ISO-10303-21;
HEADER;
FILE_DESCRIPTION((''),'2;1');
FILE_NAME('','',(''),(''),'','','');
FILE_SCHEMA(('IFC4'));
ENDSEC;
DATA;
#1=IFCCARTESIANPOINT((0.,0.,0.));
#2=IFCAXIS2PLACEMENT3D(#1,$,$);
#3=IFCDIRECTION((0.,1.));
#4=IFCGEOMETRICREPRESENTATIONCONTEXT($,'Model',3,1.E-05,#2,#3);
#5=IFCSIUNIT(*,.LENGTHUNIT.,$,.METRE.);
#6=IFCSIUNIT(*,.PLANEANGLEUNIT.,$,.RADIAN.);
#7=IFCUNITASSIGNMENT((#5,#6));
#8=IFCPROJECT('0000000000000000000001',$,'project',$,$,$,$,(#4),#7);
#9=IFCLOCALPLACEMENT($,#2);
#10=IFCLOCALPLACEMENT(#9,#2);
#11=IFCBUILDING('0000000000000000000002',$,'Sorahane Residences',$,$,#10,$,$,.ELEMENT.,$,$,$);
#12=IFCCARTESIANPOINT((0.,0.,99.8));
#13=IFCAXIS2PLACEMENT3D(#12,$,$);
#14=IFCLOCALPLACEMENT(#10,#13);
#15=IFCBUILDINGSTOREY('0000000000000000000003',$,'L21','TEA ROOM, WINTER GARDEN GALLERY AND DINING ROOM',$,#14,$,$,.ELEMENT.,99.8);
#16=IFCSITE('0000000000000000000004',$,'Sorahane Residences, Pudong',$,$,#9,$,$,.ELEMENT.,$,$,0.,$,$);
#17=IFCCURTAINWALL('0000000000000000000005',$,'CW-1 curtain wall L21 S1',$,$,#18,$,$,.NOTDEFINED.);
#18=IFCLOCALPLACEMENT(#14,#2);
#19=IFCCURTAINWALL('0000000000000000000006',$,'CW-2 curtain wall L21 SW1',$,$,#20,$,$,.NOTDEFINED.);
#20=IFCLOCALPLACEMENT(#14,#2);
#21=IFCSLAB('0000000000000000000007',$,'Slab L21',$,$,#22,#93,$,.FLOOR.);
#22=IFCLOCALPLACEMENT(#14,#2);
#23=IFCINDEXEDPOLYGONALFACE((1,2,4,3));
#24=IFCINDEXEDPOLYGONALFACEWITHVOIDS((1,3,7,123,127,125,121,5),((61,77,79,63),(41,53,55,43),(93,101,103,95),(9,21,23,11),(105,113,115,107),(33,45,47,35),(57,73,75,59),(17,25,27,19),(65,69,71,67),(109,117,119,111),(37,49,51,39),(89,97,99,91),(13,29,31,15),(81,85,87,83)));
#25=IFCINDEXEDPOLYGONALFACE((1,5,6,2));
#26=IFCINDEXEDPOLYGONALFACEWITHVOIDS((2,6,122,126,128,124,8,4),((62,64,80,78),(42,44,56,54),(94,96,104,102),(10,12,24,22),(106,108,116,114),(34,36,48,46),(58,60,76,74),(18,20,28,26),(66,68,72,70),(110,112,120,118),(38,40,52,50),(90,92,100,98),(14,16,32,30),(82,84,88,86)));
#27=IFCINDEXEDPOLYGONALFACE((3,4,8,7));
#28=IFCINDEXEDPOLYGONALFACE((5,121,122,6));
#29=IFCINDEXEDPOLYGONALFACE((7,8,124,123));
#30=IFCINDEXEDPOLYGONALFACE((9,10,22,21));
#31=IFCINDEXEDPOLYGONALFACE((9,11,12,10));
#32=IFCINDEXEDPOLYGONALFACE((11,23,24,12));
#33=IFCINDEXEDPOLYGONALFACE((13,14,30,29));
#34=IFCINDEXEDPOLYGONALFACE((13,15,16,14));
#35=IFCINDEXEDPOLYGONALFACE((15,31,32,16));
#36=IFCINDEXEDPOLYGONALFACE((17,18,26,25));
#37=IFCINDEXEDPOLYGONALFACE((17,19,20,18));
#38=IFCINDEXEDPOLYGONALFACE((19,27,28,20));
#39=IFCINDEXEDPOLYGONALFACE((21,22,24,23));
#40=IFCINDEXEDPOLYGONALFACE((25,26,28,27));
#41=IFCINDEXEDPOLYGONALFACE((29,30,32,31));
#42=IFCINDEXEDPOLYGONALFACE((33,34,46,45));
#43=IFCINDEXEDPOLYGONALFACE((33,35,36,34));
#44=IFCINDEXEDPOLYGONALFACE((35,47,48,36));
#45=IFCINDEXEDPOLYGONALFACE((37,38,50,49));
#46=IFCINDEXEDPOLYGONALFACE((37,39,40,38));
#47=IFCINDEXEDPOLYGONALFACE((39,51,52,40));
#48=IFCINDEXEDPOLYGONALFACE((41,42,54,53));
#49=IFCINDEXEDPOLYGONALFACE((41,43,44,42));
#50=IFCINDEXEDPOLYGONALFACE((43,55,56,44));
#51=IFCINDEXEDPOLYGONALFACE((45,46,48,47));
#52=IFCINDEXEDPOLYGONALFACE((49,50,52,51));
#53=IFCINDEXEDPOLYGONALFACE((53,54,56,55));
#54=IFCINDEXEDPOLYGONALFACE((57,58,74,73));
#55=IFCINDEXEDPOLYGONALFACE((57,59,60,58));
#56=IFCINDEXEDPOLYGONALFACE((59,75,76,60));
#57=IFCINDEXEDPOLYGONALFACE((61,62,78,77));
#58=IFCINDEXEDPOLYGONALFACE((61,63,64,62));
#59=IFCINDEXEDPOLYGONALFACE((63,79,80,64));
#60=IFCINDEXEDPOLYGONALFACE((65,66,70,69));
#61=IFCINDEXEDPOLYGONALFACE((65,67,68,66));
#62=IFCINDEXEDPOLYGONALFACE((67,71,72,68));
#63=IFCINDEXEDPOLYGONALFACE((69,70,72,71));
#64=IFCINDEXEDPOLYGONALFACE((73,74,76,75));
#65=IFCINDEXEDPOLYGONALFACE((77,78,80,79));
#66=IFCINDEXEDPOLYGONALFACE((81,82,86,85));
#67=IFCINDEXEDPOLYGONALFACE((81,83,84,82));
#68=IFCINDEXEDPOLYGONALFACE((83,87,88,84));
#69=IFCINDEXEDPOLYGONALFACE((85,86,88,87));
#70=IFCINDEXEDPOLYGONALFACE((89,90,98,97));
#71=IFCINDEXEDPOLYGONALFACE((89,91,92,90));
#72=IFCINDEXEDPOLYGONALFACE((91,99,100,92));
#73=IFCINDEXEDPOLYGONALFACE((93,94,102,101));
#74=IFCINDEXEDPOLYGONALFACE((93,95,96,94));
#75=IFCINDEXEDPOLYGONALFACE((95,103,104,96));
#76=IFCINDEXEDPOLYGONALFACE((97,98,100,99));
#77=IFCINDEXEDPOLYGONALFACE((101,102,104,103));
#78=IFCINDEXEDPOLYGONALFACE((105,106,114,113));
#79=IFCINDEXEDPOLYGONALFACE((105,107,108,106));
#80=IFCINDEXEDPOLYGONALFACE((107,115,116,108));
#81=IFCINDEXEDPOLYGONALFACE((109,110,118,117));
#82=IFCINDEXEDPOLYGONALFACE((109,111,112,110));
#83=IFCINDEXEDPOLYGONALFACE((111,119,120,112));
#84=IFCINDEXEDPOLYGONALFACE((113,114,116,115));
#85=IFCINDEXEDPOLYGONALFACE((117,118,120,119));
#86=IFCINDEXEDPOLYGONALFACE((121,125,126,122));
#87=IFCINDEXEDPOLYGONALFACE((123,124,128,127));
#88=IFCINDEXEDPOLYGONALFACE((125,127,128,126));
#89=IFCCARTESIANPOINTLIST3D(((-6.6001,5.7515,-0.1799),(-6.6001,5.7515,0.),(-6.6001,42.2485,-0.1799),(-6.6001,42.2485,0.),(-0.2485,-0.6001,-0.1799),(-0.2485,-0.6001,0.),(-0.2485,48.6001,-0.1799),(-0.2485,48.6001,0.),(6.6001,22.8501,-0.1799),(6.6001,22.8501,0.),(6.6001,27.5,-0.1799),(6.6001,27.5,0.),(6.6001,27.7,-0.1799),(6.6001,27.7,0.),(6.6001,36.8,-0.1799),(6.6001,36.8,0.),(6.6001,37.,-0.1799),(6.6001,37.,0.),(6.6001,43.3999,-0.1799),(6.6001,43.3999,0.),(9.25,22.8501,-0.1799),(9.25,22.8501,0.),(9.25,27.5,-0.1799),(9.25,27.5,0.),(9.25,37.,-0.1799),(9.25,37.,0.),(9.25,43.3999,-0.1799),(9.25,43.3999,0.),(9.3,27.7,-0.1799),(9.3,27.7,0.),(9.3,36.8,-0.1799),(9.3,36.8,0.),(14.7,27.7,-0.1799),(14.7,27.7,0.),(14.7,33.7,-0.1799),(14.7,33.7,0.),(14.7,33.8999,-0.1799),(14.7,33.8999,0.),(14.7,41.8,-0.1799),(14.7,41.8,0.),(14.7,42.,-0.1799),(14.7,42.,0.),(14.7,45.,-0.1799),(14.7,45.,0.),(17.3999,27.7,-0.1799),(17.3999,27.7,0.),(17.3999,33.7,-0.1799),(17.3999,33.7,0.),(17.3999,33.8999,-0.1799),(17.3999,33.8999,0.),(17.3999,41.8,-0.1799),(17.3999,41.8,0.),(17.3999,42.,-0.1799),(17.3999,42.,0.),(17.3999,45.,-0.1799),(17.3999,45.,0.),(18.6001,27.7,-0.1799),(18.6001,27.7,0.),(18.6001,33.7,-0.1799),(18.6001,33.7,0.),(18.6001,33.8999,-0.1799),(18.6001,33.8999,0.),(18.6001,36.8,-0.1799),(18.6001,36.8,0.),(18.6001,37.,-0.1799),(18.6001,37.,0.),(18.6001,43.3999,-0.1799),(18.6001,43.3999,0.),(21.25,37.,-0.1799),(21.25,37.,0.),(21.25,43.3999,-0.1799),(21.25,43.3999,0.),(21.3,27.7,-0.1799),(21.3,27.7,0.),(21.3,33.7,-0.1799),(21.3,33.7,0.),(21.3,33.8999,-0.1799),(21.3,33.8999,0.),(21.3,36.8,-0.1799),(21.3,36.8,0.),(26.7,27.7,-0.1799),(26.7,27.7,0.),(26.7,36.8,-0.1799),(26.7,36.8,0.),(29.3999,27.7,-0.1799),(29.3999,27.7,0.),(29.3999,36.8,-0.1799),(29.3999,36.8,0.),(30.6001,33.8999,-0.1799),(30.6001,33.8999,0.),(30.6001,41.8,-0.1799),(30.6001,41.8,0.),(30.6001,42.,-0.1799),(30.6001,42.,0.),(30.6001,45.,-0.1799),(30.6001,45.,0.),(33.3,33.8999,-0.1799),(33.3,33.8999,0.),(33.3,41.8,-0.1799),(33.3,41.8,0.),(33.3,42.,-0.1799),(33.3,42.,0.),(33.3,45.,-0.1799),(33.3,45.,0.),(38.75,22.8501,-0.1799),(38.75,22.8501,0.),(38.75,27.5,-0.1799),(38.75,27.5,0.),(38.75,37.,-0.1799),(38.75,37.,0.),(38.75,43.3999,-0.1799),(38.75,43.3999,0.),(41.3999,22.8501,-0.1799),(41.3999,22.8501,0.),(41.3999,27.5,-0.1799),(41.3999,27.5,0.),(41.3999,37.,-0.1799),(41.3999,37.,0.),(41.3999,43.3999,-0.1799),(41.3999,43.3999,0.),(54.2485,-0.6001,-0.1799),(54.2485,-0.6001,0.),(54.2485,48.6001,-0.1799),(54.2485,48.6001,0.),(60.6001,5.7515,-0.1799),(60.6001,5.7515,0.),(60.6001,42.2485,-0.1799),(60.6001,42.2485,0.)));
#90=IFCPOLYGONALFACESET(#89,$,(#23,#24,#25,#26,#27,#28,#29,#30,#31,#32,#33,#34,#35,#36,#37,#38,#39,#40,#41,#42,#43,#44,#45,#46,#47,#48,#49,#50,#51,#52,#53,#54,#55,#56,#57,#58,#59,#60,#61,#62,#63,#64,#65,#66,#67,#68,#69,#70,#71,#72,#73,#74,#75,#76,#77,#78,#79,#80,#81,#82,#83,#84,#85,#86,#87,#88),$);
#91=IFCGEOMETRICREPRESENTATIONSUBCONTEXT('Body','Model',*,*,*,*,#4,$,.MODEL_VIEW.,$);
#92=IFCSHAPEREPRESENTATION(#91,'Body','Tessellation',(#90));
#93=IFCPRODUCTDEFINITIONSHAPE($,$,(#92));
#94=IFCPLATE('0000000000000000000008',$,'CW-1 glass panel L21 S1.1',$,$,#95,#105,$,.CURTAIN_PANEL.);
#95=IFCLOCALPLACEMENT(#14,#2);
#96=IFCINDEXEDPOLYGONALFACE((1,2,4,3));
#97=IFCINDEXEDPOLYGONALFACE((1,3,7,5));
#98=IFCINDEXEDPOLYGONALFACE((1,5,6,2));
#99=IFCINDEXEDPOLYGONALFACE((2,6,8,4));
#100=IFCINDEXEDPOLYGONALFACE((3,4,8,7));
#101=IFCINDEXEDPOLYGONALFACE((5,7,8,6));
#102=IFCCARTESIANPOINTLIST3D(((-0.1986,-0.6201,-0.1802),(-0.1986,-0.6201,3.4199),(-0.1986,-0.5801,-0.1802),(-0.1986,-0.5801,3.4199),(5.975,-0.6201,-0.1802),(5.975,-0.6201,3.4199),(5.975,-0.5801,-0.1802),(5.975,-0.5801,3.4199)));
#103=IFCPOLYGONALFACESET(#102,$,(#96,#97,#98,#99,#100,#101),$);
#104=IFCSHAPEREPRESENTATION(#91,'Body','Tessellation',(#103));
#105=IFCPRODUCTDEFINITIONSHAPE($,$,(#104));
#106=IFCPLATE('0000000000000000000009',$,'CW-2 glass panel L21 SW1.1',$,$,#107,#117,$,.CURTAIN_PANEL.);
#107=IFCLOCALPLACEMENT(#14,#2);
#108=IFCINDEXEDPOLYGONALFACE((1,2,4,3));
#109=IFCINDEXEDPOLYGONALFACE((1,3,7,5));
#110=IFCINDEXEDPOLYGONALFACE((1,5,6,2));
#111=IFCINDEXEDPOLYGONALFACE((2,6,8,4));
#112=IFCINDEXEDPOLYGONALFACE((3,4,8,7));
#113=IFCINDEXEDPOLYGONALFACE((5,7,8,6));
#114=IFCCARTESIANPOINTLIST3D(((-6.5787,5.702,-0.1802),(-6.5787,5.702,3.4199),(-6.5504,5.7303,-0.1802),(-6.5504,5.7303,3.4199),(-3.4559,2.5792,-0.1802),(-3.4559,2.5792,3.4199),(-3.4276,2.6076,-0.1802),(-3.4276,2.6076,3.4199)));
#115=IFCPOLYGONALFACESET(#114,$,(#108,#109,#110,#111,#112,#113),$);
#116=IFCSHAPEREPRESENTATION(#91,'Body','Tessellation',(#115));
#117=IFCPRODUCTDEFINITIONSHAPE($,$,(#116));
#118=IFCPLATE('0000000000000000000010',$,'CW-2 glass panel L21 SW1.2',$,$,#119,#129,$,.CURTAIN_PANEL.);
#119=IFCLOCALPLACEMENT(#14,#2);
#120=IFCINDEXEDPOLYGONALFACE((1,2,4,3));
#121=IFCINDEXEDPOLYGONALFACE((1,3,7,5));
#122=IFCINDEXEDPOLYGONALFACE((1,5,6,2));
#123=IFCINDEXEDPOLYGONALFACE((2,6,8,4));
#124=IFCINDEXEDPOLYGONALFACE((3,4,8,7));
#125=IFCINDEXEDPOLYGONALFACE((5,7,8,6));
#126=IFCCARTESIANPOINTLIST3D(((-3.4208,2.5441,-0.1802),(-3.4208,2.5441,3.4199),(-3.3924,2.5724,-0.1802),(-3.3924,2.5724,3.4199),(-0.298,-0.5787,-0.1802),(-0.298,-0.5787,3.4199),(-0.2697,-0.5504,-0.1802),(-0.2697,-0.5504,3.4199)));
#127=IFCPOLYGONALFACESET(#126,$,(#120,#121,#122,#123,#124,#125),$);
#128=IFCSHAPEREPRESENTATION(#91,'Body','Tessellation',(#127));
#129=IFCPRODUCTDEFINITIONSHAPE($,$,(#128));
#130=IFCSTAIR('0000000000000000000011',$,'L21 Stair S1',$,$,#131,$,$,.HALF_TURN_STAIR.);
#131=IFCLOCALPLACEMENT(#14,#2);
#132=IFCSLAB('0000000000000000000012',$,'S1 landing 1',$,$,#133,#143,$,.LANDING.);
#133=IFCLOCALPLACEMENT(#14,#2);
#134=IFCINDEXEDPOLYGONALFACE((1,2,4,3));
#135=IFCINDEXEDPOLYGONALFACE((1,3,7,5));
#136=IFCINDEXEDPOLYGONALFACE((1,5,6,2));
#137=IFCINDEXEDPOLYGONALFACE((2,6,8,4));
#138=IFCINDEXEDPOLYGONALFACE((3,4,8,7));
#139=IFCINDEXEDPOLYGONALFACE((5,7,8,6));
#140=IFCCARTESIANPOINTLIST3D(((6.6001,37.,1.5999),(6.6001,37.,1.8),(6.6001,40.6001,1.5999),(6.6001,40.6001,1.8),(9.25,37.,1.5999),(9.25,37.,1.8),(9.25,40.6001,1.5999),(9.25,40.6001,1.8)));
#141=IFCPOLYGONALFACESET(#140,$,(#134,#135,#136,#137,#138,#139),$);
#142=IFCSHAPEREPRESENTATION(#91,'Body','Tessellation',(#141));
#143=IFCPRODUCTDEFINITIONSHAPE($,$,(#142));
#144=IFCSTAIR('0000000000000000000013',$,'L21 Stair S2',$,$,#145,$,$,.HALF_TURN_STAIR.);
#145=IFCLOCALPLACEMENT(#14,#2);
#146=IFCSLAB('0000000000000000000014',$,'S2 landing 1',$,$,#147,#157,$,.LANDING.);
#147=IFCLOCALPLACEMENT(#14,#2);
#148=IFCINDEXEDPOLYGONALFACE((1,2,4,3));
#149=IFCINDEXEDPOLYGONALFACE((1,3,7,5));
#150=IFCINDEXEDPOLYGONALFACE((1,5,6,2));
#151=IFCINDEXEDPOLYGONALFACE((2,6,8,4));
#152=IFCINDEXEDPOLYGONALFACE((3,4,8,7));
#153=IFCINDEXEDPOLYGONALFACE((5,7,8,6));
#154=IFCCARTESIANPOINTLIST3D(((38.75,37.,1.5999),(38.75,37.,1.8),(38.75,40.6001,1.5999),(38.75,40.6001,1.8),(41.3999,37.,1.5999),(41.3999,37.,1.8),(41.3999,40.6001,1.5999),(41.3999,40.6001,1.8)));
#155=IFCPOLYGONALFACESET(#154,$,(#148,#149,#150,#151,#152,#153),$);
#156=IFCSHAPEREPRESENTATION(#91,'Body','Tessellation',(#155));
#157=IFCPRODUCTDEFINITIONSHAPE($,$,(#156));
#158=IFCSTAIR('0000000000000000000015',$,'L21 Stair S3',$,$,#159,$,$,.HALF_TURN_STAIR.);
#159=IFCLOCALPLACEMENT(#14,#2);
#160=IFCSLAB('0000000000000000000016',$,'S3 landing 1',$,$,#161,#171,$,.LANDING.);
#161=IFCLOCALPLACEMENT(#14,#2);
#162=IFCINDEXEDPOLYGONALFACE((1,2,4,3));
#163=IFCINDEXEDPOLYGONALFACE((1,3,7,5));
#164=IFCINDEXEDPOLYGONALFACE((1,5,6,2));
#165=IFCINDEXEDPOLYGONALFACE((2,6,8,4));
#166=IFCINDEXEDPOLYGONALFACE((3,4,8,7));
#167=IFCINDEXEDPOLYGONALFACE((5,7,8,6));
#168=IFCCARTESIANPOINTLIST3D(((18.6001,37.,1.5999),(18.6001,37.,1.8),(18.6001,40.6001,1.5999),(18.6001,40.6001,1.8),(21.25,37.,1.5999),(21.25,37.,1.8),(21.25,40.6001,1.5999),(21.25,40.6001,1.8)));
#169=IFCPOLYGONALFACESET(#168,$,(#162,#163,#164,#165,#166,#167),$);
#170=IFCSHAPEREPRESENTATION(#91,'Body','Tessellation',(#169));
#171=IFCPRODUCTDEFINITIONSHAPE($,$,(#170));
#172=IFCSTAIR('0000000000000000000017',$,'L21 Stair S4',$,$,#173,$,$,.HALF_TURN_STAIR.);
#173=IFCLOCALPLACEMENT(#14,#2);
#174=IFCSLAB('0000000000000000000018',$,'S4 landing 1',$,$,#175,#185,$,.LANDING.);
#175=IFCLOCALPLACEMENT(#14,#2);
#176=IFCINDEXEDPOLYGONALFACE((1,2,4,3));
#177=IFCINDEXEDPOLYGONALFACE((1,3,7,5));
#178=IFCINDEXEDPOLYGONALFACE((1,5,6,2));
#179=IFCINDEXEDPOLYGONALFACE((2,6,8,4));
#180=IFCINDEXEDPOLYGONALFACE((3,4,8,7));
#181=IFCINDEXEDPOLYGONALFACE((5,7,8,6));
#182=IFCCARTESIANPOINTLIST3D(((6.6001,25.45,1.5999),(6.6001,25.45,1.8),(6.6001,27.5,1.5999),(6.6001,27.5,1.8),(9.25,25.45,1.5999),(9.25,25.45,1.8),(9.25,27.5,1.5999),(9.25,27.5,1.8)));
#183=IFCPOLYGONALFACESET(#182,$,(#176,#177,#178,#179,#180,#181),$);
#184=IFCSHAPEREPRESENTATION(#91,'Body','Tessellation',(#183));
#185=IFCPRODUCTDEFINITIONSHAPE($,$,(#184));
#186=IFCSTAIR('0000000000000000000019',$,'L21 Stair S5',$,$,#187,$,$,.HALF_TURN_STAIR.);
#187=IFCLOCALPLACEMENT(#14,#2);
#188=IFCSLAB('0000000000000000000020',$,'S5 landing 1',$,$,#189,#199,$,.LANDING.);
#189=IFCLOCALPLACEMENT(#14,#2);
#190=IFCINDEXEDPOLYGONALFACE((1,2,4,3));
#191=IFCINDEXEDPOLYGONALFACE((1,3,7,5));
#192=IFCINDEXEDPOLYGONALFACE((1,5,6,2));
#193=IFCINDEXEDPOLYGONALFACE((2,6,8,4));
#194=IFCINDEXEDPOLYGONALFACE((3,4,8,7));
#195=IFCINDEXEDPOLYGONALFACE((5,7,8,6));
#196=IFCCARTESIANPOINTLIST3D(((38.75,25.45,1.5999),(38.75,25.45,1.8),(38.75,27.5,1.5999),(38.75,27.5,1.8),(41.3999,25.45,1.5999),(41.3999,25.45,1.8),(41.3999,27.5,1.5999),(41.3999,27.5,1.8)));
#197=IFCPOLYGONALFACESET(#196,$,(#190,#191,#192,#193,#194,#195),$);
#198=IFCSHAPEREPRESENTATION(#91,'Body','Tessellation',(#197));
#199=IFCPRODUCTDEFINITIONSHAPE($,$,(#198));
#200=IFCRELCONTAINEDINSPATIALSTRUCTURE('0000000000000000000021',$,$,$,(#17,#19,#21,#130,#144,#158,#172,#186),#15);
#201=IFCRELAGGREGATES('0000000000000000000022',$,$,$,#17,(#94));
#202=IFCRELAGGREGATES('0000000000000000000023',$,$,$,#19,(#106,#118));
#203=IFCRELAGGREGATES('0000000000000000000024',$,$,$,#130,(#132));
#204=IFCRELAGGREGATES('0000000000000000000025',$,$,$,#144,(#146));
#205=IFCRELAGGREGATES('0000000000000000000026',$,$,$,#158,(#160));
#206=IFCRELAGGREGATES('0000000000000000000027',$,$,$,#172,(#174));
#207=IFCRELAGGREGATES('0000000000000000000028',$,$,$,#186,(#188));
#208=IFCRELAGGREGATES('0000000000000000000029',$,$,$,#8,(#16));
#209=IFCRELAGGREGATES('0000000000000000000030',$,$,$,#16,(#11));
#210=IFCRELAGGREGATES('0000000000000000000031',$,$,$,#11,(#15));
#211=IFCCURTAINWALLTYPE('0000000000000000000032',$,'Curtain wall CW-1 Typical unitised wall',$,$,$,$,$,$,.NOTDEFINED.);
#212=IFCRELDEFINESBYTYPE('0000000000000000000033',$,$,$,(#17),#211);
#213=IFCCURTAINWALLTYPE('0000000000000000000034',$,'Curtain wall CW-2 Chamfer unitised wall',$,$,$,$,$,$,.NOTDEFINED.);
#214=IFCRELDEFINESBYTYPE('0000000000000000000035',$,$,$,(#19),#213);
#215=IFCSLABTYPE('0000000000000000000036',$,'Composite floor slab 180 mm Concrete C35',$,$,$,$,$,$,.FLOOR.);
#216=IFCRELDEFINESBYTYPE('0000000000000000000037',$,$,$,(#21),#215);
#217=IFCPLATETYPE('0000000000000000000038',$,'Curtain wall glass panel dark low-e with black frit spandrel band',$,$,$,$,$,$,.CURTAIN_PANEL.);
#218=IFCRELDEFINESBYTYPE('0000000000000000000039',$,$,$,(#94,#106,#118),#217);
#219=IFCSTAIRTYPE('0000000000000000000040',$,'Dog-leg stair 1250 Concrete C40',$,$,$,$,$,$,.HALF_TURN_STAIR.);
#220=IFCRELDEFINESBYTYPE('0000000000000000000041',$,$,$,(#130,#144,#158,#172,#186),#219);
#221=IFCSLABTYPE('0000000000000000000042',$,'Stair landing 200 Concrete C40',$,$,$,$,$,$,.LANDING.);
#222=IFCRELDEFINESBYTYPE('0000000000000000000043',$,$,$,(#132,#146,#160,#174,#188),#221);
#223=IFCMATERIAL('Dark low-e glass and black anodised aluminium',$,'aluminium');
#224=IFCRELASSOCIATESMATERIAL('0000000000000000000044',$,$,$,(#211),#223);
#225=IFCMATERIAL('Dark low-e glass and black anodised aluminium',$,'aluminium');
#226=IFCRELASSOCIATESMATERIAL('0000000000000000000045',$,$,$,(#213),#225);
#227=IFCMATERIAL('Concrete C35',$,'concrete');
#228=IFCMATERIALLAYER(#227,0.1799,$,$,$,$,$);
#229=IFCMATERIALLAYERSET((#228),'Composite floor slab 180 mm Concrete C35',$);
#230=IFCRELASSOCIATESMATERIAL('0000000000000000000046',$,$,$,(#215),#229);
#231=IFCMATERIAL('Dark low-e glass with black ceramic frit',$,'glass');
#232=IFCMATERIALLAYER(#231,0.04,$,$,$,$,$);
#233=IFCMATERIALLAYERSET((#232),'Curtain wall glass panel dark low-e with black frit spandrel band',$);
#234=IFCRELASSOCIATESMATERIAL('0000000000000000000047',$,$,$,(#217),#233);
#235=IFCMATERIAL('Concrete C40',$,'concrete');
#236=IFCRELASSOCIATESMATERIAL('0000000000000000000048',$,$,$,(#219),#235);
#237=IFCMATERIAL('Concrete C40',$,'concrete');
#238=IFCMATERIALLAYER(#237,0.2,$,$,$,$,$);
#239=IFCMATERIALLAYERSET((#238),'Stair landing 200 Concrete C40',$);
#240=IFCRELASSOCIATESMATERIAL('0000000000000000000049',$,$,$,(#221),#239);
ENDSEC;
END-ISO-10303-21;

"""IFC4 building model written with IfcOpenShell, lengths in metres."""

from ifc_helpers import new_model, si_unit, direction, frame, origin, origin_2d, place, context, subcontext, project, spatial, polyline, rectangle, outline, extrude, material, layer, layer_set, type_object, element, aggregate, save


model = new_model("IFC4")

# Units and contexts
model_context = context("Model", 3, precision=1e-05, world=origin(), true_north=direction((0.0, 1.0)))
body_context = subcontext(model_context, "Body", "Model", "MODEL_VIEW")
ifc_project = project(units=[si_unit("LENGTHUNIT", "METRE"), si_unit("PLANEANGLEUNIT", "RADIAN")], contexts=[model_context])

# Site, building, storey
site_placement = place(None, origin())
site = spatial("IfcSite", under=ifc_project, at=site_placement, Name="Sorahane Residences, Pudong", CompositionType="ELEMENT", RefElevation=0.0)
building_placement = place(site_placement, origin())
building = spatial("IfcBuilding", under=site, at=building_placement, Name="Sorahane Residences", CompositionType="ELEMENT")
storey_placement = place(building_placement, frame((0.0, 0.0, 99.8)))
storey = spatial("IfcBuildingStorey", under=building, at=storey_placement, Name="L21", Description="TEA ROOM, WINTER GARDEN GALLERY AND DINING ROOM", CompositionType="ELEMENT", Elevation=99.8)

# Curtain wall
ifc_material_1 = material(Name="Dark low-e glass and black anodised aluminium", Category="aluminium")
curtain_wall_type_1 = type_object("IfcCurtainWallType", Name="Curtain wall CW-1 Typical unitised wall", PredefinedType="NOTDEFINED", material=ifc_material_1)
curtain_wall_1_placement = place(storey_placement, origin())
curtain_wall_1 = element("IfcCurtainWall", 1, at=curtain_wall_1_placement, inside=storey, type_object=curtain_wall_type_1, Name="CW-1 curtain wall L21 S1", PredefinedType="NOTDEFINED")

# Curtain wall
ifc_material_2 = material(Name="Dark low-e glass and black anodised aluminium", Category="aluminium")
curtain_wall_type_2 = type_object("IfcCurtainWallType", Name="Curtain wall CW-2 Chamfer unitised wall", PredefinedType="NOTDEFINED", material=ifc_material_2)
curtain_wall_2_placement = place(storey_placement, origin())
curtain_wall_2 = element("IfcCurtainWall", 2, at=curtain_wall_2_placement, inside=storey, type_object=curtain_wall_type_2, Name="CW-2 curtain wall L21 SW1", PredefinedType="NOTDEFINED")

# Slab
ifc_material_3 = material(Name="Concrete C35", Category="concrete")
ifc_layer_1 = layer(ifc_material_3, 0.1799)
ifc_layer_set_1 = layer_set([ifc_layer_1], Name="Composite floor slab 180 mm Concrete C35")
slab_type_1 = type_object("IfcSlabType", Name="Composite floor slab 180 mm Concrete C35", PredefinedType="FLOOR", material=ifc_layer_set_1)
slab_1_placement = place(storey_placement, frame((0.0, 0.0, -0.1799)))
element("IfcSlab", 3, at=slab_1_placement, inside=storey, type_object=slab_type_1, Name="Slab L21", PredefinedType="FLOOR", context=body_context, shape_type="SweptSolid", body=[
    extrude(outline(polyline([(-0.2485, -0.6001), (-6.6001, 5.7515), (-6.6001, 42.2485), (-0.2485, 48.6001), (54.2485, 48.6001), (60.6001, 42.2485), (60.6001, 5.7515), (54.2485, -0.6001), (-0.2485, -0.6001)]), holes=[polyline([(18.6001, 27.7), (21.3, 27.7), (21.3, 33.7), (18.6001, 33.7), (18.6001, 27.7)]), polyline([(30.6001, 42.0), (33.3, 42.0), (33.3, 45.0), (30.6001, 45.0), (30.6001, 42.0)]), polyline([(14.7, 27.7), (17.3999, 27.7), (17.3999, 33.7), (14.7, 33.7), (14.7, 27.7)]), polyline([(14.7, 42.0), (17.3999, 42.0), (17.3999, 45.0), (14.7, 45.0), (14.7, 42.0)]), polyline([(6.6001, 27.7), (9.3, 27.7), (9.3, 36.8), (6.6001, 36.8), (6.6001, 27.7)]), polyline([(6.6001, 43.3999), (6.6001, 37.0), (9.25, 37.0), (9.25, 43.3999), (6.6001, 43.3999)]), polyline([(38.75, 43.3999), (38.75, 37.0), (41.3999, 37.0), (41.3999, 43.3999), (38.75, 43.3999)]), polyline([(18.6001, 43.3999), (18.6001, 37.0), (21.25, 37.0), (21.25, 43.3999), (18.6001, 43.3999)]), polyline([(9.25, 22.8501), (9.25, 27.5), (6.6001, 27.5), (6.6001, 22.8501), (9.25, 22.8501)]), polyline([(41.3999, 22.8501), (41.3999, 27.5), (38.75, 27.5), (38.75, 22.8501), (41.3999, 22.8501)]), polyline([(14.7, 33.8999), (17.3999, 33.8999), (17.3999, 41.8), (14.7, 41.8), (14.7, 33.8999)]), polyline([(30.6001, 33.8999), (33.3, 33.8999), (33.3, 41.8), (30.6001, 41.8), (30.6001, 33.8999)]), polyline([(18.6001, 33.8999), (21.3, 33.8999), (21.3, 36.8), (18.6001, 36.8), (18.6001, 33.8999)]), polyline([(26.7, 27.7), (29.3999, 27.7), (29.3999, 36.8), (26.7, 36.8), (26.7, 27.7)])]), origin(), (0.0, 0.0, 1.0), 0.1799),
])

# Plates
ifc_material_4 = material(Name="Dark low-e glass with black ceramic frit", Category="glass")
ifc_layer_2 = layer(ifc_material_4, 0.04)
ifc_layer_set_2 = layer_set([ifc_layer_2], Name="Curtain wall glass panel dark low-e with black frit spandrel band")
plate_type = type_object("IfcPlateType", Name="Curtain wall glass panel dark low-e with black frit spandrel band", PredefinedType="CURTAIN_PANEL", material=ifc_layer_set_2)
plate_1_placement = place(storey_placement, frame((2.8882, -0.6001, -0.1802), z_axis=(0.0, 0.0, 1.0), x_axis=(1.0, 0.0, 0.0)))
plate_1 = element("IfcPlate", 4, at=plate_1_placement, type_object=plate_type, Name="CW-1 glass panel L21 S1.1", PredefinedType="CURTAIN_PANEL", context=body_context, shape_type="SweptSolid", body=[
    extrude(rectangle(XDim=6.1736, YDim=0.04, at=origin_2d()), origin(), (0.0, 0.0, 1.0), 3.6001),
])
aggregate(curtain_wall_1, [plate_1])
plate_2_placement = place(storey_placement, frame((-5.0032, 4.1548, -0.1802), z_axis=(0.0, 0.0, 1.0), x_axis=(0.707107, -0.707107, 0.0)))
plate_2 = element("IfcPlate", 5, at=plate_2_placement, type_object=plate_type, Name="CW-2 glass panel L21 SW1.1", PredefinedType="CURTAIN_PANEL", context=body_context, shape_type="SweptSolid", body=[
    extrude(rectangle(XDim=4.4163, YDim=0.04, at=origin_2d()), origin(), (0.0, 0.0, 1.0), 3.6001),
])
plate_3_placement = place(storey_placement, frame((-1.8452, 0.9968, -0.1802), z_axis=(0.0, 0.0, 1.0), x_axis=(0.707107, -0.707107, 0.0)))
plate_3 = element("IfcPlate", 6, at=plate_3_placement, type_object=plate_type, Name="CW-2 glass panel L21 SW1.2", PredefinedType="CURTAIN_PANEL", context=body_context, shape_type="SweptSolid", body=[
    extrude(rectangle(XDim=4.4163, YDim=0.04, at=origin_2d()), origin(), (0.0, 0.0, 1.0), 3.6001),
])
aggregate(curtain_wall_2, [plate_2, plate_3])

# Stairs, slabs
ifc_material_5 = material(Name="Concrete C40", Category="concrete")
stair_type = type_object("IfcStairType", Name="Dog-leg stair 1250 Concrete C40", PredefinedType="HALF_TURN_STAIR", material=ifc_material_5)
stair_1_placement = place(storey_placement, origin())
stair_1 = element("IfcStair", 7, at=stair_1_placement, inside=storey, type_object=stair_type, Name="L21 Stair S1", PredefinedType="HALF_TURN_STAIR")
ifc_material_6 = material(Name="Concrete C40", Category="concrete")
ifc_layer_3 = layer(ifc_material_6, 0.2)
ifc_layer_set_3 = layer_set([ifc_layer_3], Name="Stair landing 200 Concrete C40")
slab_type_2 = type_object("IfcSlabType", Name="Stair landing 200 Concrete C40", PredefinedType="LANDING", material=ifc_layer_set_3)
slab_2_placement = place(storey_placement, frame((0.0, 0.0, 1.5999)))
slab_2 = element("IfcSlab", 8, at=slab_2_placement, type_object=slab_type_2, Name="S1 landing 1", PredefinedType="LANDING", context=body_context, shape_type="SweptSolid", body=[
    extrude(outline(polyline([(6.6001, 40.6001), (6.6001, 37.0), (9.25, 37.0), (9.25, 40.6001), (6.6001, 40.6001)])), origin(), (0.0, 0.0, 1.0), 0.2002),
])
aggregate(stair_1, [slab_2])
stair_2_placement = place(storey_placement, origin())
stair_2 = element("IfcStair", 9, at=stair_2_placement, inside=storey, type_object=stair_type, Name="L21 Stair S2", PredefinedType="HALF_TURN_STAIR")
slab_3_placement = place(storey_placement, frame((0.0, 0.0, 1.5999)))
slab_3 = element("IfcSlab", 10, at=slab_3_placement, type_object=slab_type_2, Name="S2 landing 1", PredefinedType="LANDING", context=body_context, shape_type="SweptSolid", body=[
    extrude(outline(polyline([(38.75, 40.6001), (38.75, 37.0), (41.3999, 37.0), (41.3999, 40.6001), (38.75, 40.6001)])), origin(), (0.0, 0.0, 1.0), 0.2002),
])
aggregate(stair_2, [slab_3])
stair_3_placement = place(storey_placement, origin())
stair_3 = element("IfcStair", 11, at=stair_3_placement, inside=storey, type_object=stair_type, Name="L21 Stair S3", PredefinedType="HALF_TURN_STAIR")
slab_4_placement = place(storey_placement, frame((0.0, 0.0, 1.5999)))
slab_4 = element("IfcSlab", 12, at=slab_4_placement, type_object=slab_type_2, Name="S3 landing 1", PredefinedType="LANDING", context=body_context, shape_type="SweptSolid", body=[
    extrude(outline(polyline([(18.6001, 40.6001), (18.6001, 37.0), (21.25, 37.0), (21.25, 40.6001), (18.6001, 40.6001)])), origin(), (0.0, 0.0, 1.0), 0.2002),
])
aggregate(stair_3, [slab_4])
stair_4_placement = place(storey_placement, origin())
stair_4 = element("IfcStair", 13, at=stair_4_placement, inside=storey, type_object=stair_type, Name="L21 Stair S4", PredefinedType="HALF_TURN_STAIR")
slab_5_placement = place(storey_placement, frame((0.0, 0.0, 1.5999)))
slab_5 = element("IfcSlab", 14, at=slab_5_placement, type_object=slab_type_2, Name="S4 landing 1", PredefinedType="LANDING", context=body_context, shape_type="SweptSolid", body=[
    extrude(outline(polyline([(9.25, 25.45), (9.25, 27.5), (6.6001, 27.5), (6.6001, 25.45), (9.25, 25.45)])), origin(), (0.0, 0.0, 1.0), 0.2002),
])
aggregate(stair_4, [slab_5])
stair_5_placement = place(storey_placement, origin())
stair_5 = element("IfcStair", 15, at=stair_5_placement, inside=storey, type_object=stair_type, Name="L21 Stair S5", PredefinedType="HALF_TURN_STAIR")
slab_6_placement = place(storey_placement, frame((0.0, 0.0, 1.5999)))
slab_6 = element("IfcSlab", 16, at=slab_6_placement, type_object=slab_type_2, Name="S5 landing 1", PredefinedType="LANDING", context=body_context, shape_type="SweptSolid", body=[
    extrude(outline(polyline([(41.3999, 25.45), (41.3999, 27.5), (38.75, 27.5), (38.75, 25.45), (41.3999, 25.45)])), origin(), (0.0, 0.0, 1.0), 0.2002),
])
aggregate(stair_5, [slab_6])

save(model, "model.ifc")
